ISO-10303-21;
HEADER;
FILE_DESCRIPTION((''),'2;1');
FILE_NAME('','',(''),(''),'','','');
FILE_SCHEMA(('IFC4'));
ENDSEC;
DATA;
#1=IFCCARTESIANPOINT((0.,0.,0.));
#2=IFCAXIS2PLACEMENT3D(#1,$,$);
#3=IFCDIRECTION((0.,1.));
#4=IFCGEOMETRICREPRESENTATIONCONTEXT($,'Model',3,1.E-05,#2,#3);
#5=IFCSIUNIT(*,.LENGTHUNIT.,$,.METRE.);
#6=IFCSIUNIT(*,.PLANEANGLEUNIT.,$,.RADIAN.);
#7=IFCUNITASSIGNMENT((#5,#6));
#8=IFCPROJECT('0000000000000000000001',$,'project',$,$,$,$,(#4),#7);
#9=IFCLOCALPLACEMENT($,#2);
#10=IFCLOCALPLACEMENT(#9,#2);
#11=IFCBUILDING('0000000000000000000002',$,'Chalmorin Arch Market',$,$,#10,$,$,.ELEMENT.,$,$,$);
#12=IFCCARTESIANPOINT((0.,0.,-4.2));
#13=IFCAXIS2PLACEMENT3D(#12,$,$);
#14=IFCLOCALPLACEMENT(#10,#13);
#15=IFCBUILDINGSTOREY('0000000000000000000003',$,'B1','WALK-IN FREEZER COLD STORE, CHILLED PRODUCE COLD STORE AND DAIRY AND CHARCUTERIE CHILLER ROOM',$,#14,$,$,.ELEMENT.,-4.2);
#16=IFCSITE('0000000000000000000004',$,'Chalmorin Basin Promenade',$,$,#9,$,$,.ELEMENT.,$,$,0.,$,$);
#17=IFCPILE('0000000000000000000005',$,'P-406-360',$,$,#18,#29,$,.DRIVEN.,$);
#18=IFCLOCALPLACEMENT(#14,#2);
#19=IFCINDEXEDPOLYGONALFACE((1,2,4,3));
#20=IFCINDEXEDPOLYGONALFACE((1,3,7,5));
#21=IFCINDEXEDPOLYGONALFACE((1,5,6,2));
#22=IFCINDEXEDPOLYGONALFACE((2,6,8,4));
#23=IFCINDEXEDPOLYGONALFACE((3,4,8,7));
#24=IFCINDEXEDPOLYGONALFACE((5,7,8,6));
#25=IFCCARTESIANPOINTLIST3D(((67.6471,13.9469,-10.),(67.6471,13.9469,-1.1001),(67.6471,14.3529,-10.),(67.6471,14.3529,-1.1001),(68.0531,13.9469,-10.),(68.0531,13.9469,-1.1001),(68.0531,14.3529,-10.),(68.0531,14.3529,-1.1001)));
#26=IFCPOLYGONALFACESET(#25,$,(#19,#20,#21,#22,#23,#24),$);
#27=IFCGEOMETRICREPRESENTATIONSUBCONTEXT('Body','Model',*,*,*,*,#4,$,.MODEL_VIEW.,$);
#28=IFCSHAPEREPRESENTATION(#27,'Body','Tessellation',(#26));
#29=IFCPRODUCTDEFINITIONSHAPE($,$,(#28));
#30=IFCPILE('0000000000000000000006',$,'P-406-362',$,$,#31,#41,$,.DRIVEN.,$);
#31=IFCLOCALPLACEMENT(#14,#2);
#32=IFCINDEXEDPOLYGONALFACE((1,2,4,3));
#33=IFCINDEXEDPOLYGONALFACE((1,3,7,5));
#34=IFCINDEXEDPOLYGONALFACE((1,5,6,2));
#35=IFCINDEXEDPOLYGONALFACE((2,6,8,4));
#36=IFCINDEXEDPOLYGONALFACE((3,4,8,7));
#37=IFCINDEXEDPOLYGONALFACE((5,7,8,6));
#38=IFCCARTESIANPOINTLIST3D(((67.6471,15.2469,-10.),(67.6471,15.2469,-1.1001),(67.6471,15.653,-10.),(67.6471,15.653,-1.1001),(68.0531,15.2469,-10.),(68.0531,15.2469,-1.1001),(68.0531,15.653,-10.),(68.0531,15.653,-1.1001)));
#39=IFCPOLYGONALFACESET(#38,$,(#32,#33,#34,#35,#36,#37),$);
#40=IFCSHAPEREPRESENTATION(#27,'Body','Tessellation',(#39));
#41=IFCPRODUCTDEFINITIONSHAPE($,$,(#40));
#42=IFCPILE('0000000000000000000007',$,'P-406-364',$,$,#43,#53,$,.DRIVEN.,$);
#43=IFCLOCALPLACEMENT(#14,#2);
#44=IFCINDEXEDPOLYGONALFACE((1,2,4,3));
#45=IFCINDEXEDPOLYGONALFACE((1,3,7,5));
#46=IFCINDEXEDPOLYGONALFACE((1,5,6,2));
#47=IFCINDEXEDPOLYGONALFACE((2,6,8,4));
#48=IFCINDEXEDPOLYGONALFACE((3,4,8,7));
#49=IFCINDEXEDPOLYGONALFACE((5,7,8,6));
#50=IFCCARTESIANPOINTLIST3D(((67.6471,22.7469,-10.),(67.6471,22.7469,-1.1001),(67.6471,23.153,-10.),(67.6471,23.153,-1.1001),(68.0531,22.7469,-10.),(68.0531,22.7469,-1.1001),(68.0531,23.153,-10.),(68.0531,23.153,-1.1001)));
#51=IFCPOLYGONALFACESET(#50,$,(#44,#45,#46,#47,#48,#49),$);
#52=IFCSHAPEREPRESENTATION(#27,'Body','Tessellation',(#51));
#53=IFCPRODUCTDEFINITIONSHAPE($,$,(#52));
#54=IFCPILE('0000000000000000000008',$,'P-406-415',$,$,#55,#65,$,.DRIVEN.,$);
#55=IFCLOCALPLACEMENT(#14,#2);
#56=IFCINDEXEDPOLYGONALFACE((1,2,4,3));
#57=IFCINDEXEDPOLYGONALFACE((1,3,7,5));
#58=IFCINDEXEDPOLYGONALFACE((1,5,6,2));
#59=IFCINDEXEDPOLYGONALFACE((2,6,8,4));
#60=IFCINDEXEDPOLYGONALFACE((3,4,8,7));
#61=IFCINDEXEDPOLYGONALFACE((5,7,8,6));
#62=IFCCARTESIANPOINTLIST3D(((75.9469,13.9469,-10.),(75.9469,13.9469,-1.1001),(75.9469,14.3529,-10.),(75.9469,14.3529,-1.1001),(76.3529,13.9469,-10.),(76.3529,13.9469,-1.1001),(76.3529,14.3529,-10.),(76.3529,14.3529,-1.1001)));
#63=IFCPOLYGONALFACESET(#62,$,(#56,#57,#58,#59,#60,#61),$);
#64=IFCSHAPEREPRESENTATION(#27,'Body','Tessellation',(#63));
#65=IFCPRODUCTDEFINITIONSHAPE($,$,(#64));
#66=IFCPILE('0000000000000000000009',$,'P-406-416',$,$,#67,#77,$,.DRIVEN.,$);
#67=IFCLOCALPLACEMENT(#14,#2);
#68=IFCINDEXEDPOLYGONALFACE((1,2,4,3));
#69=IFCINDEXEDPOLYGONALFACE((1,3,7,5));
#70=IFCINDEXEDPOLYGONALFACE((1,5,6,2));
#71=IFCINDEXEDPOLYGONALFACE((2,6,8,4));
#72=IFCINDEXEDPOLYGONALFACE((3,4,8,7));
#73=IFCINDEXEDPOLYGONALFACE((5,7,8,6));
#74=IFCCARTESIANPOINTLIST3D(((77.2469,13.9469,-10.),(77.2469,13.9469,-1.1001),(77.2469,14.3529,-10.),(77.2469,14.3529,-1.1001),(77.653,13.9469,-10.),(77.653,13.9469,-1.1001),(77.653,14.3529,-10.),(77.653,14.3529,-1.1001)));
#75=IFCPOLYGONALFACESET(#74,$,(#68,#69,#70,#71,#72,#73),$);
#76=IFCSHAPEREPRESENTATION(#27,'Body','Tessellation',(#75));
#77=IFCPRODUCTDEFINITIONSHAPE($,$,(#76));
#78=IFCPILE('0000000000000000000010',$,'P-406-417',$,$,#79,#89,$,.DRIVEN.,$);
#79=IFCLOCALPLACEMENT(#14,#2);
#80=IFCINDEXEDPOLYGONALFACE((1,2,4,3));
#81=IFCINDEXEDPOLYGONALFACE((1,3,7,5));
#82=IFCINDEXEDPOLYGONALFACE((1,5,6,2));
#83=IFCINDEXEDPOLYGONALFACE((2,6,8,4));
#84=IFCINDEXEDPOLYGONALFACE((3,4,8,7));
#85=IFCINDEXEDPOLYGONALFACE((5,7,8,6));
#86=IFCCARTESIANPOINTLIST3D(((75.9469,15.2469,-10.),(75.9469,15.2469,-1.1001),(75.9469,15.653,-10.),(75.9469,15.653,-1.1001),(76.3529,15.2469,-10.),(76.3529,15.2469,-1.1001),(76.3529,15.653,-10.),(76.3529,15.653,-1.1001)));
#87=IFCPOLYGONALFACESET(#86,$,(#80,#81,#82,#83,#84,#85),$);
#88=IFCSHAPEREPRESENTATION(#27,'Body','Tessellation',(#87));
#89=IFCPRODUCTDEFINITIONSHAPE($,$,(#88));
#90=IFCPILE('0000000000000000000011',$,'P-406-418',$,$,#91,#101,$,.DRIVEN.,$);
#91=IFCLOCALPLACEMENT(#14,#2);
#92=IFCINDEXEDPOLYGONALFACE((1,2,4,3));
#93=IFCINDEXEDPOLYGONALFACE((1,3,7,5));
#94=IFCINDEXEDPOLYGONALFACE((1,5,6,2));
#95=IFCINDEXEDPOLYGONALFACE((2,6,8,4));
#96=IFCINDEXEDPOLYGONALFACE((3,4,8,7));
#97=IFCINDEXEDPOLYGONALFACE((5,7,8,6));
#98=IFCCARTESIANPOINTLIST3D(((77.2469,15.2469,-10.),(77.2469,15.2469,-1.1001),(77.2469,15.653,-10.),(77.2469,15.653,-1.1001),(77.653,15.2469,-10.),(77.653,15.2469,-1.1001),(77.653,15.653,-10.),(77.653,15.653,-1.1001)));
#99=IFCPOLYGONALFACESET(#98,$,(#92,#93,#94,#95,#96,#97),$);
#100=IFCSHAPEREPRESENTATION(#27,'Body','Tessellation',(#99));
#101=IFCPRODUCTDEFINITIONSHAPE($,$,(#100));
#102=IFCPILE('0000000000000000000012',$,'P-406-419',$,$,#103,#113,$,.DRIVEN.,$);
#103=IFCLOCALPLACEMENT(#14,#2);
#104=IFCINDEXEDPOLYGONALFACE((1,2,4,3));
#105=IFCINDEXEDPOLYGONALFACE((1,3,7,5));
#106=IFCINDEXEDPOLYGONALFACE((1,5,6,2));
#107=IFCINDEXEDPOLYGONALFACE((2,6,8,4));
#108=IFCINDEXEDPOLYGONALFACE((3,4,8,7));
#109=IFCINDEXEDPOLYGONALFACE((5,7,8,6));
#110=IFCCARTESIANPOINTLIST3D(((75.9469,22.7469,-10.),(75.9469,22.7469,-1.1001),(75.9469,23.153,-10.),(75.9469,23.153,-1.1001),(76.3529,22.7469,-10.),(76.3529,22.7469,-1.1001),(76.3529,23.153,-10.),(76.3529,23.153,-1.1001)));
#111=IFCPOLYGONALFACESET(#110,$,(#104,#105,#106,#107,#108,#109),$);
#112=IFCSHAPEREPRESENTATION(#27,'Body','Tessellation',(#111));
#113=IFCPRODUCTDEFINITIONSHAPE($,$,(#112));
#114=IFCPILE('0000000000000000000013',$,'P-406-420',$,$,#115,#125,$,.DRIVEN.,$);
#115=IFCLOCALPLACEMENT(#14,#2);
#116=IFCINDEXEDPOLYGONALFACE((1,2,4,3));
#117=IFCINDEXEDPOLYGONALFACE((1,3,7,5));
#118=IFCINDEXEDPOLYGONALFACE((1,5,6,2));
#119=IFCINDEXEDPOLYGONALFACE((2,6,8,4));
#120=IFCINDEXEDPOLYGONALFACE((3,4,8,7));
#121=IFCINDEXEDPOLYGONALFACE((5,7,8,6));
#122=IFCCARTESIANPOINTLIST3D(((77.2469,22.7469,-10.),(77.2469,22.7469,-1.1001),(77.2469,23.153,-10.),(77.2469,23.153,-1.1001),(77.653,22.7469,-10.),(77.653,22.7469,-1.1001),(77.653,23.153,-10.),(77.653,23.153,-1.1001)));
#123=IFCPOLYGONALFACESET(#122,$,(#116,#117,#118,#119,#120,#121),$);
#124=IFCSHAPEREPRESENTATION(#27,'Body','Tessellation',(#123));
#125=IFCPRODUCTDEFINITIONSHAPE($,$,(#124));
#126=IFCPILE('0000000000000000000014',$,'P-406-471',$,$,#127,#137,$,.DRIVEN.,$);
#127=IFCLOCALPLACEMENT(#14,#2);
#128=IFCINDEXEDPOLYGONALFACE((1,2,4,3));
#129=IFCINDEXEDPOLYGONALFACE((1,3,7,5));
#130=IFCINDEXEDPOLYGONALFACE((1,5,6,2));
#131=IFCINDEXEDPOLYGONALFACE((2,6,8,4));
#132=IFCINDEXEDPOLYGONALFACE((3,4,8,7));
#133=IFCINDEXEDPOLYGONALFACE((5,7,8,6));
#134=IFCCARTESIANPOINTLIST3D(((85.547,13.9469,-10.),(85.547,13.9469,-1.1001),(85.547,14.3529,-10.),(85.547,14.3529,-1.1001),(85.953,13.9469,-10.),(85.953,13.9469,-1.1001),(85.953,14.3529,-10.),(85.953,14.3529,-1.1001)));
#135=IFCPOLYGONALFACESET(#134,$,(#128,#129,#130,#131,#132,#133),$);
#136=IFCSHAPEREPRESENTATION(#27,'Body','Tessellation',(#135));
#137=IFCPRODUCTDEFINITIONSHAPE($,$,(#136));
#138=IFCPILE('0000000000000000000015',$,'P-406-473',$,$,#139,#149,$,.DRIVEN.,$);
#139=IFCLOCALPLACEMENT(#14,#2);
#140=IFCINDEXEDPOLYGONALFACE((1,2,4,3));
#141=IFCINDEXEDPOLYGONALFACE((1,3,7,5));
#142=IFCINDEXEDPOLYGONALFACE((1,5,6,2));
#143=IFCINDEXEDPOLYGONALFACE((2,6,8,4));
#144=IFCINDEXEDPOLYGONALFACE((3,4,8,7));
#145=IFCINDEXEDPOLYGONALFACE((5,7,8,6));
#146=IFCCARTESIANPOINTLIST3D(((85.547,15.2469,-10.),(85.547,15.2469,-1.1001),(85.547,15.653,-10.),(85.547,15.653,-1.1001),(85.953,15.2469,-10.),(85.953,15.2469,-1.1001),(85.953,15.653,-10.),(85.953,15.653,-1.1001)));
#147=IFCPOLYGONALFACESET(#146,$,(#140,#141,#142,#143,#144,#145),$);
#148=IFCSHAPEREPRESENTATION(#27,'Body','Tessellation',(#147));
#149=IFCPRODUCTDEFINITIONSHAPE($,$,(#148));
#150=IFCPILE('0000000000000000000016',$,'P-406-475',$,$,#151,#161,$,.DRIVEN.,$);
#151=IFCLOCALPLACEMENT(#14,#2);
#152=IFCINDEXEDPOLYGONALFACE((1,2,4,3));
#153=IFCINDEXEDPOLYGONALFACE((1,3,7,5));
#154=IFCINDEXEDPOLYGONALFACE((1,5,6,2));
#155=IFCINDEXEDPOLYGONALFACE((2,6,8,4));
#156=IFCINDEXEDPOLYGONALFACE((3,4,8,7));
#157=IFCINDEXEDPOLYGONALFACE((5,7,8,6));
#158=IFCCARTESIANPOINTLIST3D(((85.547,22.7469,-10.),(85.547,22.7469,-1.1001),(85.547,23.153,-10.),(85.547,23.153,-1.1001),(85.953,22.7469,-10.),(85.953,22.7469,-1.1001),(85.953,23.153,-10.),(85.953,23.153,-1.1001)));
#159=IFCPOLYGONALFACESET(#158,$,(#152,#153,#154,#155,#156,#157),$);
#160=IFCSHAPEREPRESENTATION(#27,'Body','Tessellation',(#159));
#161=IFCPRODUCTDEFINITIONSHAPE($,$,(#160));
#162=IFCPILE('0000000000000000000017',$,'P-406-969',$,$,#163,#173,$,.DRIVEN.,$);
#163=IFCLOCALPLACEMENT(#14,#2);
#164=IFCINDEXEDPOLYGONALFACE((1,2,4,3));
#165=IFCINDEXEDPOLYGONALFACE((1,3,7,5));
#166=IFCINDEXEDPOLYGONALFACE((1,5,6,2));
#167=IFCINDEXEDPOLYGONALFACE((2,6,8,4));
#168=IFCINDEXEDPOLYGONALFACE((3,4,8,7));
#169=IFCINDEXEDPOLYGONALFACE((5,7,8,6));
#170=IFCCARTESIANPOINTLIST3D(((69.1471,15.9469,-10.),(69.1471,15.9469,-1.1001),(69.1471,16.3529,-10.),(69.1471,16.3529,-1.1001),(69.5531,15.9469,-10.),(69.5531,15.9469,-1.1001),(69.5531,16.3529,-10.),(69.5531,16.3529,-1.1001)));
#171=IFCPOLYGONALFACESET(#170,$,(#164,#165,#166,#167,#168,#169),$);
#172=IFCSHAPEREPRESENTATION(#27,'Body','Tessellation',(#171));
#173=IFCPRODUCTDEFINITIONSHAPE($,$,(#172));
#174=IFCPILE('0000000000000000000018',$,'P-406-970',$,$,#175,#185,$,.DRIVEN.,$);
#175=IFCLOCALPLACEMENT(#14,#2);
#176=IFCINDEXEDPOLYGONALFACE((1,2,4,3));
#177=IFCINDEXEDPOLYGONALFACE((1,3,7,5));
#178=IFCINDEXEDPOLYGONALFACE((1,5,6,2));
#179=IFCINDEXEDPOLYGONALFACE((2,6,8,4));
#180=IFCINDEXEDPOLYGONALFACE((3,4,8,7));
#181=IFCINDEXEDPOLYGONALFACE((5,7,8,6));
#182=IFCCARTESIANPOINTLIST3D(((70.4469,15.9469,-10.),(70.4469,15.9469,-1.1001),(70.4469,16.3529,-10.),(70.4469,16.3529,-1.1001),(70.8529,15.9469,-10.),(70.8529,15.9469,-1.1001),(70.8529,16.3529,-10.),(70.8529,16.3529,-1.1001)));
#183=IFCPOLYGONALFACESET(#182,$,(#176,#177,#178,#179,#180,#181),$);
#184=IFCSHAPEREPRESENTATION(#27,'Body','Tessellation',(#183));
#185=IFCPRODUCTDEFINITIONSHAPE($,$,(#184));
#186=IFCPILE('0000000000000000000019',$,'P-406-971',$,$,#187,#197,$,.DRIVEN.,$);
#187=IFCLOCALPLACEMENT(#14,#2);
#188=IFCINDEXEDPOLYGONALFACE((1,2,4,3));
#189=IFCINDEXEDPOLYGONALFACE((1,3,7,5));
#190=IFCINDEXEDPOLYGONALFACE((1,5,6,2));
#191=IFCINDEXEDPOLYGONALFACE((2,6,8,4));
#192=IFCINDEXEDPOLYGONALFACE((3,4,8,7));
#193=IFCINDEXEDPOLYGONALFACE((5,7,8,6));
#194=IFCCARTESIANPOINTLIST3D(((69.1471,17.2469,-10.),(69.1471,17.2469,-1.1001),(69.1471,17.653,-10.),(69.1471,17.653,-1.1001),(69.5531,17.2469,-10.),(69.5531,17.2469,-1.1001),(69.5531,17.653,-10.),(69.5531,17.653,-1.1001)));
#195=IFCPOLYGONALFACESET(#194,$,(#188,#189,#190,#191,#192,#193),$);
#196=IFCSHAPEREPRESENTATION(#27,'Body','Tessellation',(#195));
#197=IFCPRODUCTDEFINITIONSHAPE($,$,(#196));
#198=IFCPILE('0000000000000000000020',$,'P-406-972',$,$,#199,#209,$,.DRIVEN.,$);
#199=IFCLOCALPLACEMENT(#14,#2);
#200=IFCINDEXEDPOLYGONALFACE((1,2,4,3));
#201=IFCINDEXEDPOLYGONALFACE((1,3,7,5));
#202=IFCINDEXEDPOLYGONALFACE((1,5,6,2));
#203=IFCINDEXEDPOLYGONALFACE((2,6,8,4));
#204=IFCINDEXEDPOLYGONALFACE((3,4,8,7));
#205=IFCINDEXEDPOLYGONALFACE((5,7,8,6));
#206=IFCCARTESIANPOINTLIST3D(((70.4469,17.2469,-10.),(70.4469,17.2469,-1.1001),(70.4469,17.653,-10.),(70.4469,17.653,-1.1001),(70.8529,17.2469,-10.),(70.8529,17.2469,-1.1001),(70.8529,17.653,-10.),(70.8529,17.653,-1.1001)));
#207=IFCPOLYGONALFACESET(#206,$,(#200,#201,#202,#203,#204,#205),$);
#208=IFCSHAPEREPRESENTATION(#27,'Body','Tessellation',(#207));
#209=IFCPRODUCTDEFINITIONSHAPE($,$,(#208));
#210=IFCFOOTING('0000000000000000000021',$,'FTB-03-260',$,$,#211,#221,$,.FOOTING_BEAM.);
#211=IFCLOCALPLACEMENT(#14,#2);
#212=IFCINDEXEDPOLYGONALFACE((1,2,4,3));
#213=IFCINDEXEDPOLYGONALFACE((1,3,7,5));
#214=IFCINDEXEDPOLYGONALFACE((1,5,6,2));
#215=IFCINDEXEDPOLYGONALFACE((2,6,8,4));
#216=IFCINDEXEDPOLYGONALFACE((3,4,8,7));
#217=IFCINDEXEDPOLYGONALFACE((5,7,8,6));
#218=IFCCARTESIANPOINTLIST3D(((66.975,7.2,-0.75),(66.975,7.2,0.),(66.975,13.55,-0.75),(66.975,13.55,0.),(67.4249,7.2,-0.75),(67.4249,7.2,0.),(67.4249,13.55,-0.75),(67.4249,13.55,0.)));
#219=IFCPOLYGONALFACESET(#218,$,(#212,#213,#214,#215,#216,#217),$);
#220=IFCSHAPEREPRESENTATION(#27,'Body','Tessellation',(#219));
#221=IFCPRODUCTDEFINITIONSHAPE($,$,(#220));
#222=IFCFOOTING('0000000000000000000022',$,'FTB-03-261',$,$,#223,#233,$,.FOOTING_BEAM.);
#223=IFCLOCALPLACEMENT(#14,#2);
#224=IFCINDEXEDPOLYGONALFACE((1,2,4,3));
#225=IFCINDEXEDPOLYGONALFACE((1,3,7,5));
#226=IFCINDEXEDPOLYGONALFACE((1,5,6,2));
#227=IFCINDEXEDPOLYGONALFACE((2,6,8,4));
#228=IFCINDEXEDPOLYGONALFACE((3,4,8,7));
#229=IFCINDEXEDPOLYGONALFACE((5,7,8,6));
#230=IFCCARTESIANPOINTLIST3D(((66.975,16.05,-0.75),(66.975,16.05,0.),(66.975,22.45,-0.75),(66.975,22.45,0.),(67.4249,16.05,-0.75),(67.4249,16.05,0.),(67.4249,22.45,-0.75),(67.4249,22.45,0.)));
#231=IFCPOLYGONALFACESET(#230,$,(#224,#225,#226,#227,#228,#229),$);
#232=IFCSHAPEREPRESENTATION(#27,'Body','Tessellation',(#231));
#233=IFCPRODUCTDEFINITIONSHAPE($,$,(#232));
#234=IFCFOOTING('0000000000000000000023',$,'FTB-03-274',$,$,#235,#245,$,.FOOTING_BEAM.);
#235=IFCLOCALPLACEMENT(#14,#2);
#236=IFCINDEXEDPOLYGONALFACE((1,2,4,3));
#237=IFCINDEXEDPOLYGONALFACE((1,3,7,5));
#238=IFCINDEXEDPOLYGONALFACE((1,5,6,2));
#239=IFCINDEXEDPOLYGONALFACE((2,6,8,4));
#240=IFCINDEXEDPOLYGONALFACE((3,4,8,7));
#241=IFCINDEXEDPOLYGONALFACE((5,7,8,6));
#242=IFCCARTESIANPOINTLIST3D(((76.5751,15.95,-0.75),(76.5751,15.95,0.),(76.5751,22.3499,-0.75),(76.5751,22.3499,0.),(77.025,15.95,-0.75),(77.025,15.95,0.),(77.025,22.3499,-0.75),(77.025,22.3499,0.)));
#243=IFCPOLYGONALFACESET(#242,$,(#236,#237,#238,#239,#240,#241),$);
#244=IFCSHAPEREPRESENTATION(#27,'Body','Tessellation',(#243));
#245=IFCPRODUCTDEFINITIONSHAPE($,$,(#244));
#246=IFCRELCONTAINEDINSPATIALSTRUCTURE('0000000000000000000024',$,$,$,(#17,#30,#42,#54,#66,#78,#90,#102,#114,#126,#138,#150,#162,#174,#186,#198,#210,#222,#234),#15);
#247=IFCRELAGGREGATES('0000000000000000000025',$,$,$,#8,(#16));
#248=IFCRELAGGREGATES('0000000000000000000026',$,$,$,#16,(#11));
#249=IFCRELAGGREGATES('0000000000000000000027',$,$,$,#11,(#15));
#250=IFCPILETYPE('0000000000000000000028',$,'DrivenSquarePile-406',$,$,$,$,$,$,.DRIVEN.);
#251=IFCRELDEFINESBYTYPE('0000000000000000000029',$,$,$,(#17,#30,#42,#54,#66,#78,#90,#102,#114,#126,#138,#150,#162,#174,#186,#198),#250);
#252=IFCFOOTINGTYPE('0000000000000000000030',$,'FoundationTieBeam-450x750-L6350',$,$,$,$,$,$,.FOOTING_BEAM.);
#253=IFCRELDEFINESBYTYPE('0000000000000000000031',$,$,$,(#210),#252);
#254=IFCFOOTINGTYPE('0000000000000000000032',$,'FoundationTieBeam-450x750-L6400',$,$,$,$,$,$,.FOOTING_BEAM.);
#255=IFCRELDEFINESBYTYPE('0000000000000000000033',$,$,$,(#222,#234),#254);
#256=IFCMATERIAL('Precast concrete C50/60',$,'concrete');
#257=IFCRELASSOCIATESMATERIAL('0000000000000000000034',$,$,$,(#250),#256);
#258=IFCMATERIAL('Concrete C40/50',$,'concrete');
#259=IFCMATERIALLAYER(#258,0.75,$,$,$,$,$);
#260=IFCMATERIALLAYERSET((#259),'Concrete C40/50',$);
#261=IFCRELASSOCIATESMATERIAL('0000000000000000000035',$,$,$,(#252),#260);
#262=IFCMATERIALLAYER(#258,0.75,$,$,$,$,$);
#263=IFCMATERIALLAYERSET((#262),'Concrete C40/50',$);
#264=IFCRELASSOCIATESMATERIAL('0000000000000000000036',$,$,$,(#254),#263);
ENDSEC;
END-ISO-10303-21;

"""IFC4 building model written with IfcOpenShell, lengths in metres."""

from ifc_helpers import new_model, si_unit, direction, frame, origin, origin_2d, place, context, subcontext, project, spatial, rectangle, extrude, material, layer, layer_set, material_profile, profile_set, type_object, element, save


model = new_model("IFC4")

# Units and contexts
model_context = context("Model", 3, precision=1e-05, world=origin(), true_north=direction((0.0, 1.0)))
body_context = subcontext(model_context, "Body", "Model", "MODEL_VIEW")
ifc_project = project(units=[si_unit("LENGTHUNIT", "METRE"), si_unit("PLANEANGLEUNIT", "RADIAN")], contexts=[model_context])

# Site, building, storey
site_placement = place(None, origin())
site = spatial("IfcSite", under=ifc_project, at=site_placement, Name="Chalmorin Basin Promenade", CompositionType="ELEMENT", RefElevation=0.0)
building_placement = place(site_placement, origin())
building = spatial("IfcBuilding", under=site, at=building_placement, Name="Chalmorin Arch Market", CompositionType="ELEMENT")
storey_placement = place(building_placement, frame((0.0, 0.0, -4.2)))
storey = spatial("IfcBuildingStorey", under=building, at=storey_placement, Name="B1", Description="WALK-IN FREEZER COLD STORE, CHILLED PRODUCE COLD STORE AND DAIRY AND CHARCUTERIE CHILLER ROOM", CompositionType="ELEMENT", Elevation=-4.2)

# Piles
ifc_material_1 = material(Name="Precast concrete C50/60", Category="concrete")
ifc_material_profile_1 = material_profile(ifc_material_1, rectangle(XDim=0.406, YDim=0.406, at=origin_2d()), Name="PPC406")
ifc_profile_set_1 = profile_set([ifc_material_profile_1], Name="Precast concrete C50/60")
pile_type = type_object("IfcPileType", Name="DrivenSquarePile-406", PredefinedType="DRIVEN", material=ifc_profile_set_1)
for number, where, z_axis, x_axis, name in (
    (1, (67.8501, 14.1499, -1.1001), (0.0, 0.0, -1.0), (1.0, 0.0, 0.0), "P-406-360"),
    (2, (67.8501, 15.45, -1.1001), (0.0, 0.0, -1.0), (1.0, 0.0, 0.0), "P-406-362"),
    (3, (67.8501, 22.95, -1.1001), (0.0, 0.0, -1.0), (1.0, 0.0, 0.0), "P-406-364"),
    (4, (76.1499, 14.1499, -1.1001), (0.0, 0.0, -1.0), (1.0, 0.0, 0.0), "P-406-415"),
    (5, (77.45, 14.1499, -1.1001), (0.0, 0.0, -1.0), (1.0, 0.0, 0.0), "P-406-416"),
    (6, (76.1499, 15.45, -1.1001), (0.0, 0.0, -1.0), (1.0, 0.0, 0.0), "P-406-417"),
    (7, (77.45, 15.45, -1.1001), (0.0, 0.0, -1.0), (1.0, 0.0, 0.0), "P-406-418"),
    (8, (76.1499, 22.95, -1.1001), (0.0, 0.0, -1.0), (1.0, 0.0, 0.0), "P-406-419"),
    (9, (77.45, 22.95, -1.1001), (0.0, 0.0, -1.0), (1.0, 0.0, 0.0), "P-406-420"),
    (10, (85.75, 14.1499, -1.1001), (0.0, 0.0, -1.0), (1.0, 0.0, 0.0), "P-406-471"),
    (11, (85.75, 15.45, -1.1001), (0.0, 0.0, -1.0), (1.0, 0.0, 0.0), "P-406-473"),
    (12, (85.75, 22.95, -1.1001), (0.0, 0.0, -1.0), (1.0, 0.0, 0.0), "P-406-475"),
    (13, (69.3501, 16.1499, -1.1001), (0.0, 0.0, -1.0), (1.0, 0.0, 0.0), "P-406-969"),
    (14, (70.6499, 16.1499, -1.1001), (0.0, 0.0, -1.0), (1.0, 0.0, 0.0), "P-406-970"),
    (15, (69.3501, 17.45, -1.1001), (0.0, 0.0, -1.0), (1.0, 0.0, 0.0), "P-406-971"),
    (16, (70.6499, 17.45, -1.1001), (0.0, 0.0, -1.0), (1.0, 0.0, 0.0), "P-406-972"),
):
    element("IfcPile", number, at=place(storey_placement, frame(where, z_axis=z_axis, x_axis=x_axis)), inside=storey, type_object=pile_type, Name=name, PredefinedType="DRIVEN", context=body_context, shape_type="SweptSolid", body=[
        extrude(rectangle(XDim=0.406, YDim=0.406, at=origin_2d()), origin(), (0.0, 0.0, 1.0), 8.8999),
    ])

# Footings
ifc_material_2 = material(Name="Concrete C40/50", Category="concrete")
ifc_layer_1 = layer(ifc_material_2, 0.75)
ifc_layer_set_1 = layer_set([ifc_layer_1], Name="Concrete C40/50")
footing_type_1 = type_object("IfcFootingType", Name="FoundationTieBeam-450x750-L6350", PredefinedType="FOOTING_BEAM", material=ifc_layer_set_1)
footing_1_placement = place(storey_placement, frame((67.2, 10.375, -0.75), z_axis=(0.0, 0.0, 1.0), x_axis=(0.0, 1.0, 0.0)))
element("IfcFooting", 17, at=footing_1_placement, inside=storey, type_object=footing_type_1, Name="FTB-03-260", PredefinedType="FOOTING_BEAM", context=body_context, shape_type="SweptSolid", body=[
    extrude(rectangle(XDim=6.3501, YDim=0.45, at=origin_2d()), origin(), (0.0, 0.0, 1.0), 0.75),
])
ifc_layer_2 = layer(ifc_material_2, 0.75)
ifc_layer_set_2 = layer_set([ifc_layer_2], Name="Concrete C40/50")
footing_type_2 = type_object("IfcFootingType", Name="FoundationTieBeam-450x750-L6400", PredefinedType="FOOTING_BEAM", material=ifc_layer_set_2)
for number, where, z_axis, x_axis, name in (
    (18, (67.2, 19.25, -0.75), (0.0, 0.0, 1.0), (0.0, 1.0, 0.0), "FTB-03-261"),
    (19, (76.8, 19.1499, -0.75), (0.0, 0.0, 1.0), (0.0, 1.0, 0.0), "FTB-03-274"),
):
    element("IfcFooting", number, at=place(storey_placement, frame(where, z_axis=z_axis, x_axis=x_axis)), inside=storey, type_object=footing_type_2, Name=name, PredefinedType="FOOTING_BEAM", context=body_context, shape_type="SweptSolid", body=[
        extrude(rectangle(XDim=6.3999, YDim=0.45, at=origin_2d()), origin(), (0.0, 0.0, 1.0), 0.75),
    ])

save(model, "model.ifc")
